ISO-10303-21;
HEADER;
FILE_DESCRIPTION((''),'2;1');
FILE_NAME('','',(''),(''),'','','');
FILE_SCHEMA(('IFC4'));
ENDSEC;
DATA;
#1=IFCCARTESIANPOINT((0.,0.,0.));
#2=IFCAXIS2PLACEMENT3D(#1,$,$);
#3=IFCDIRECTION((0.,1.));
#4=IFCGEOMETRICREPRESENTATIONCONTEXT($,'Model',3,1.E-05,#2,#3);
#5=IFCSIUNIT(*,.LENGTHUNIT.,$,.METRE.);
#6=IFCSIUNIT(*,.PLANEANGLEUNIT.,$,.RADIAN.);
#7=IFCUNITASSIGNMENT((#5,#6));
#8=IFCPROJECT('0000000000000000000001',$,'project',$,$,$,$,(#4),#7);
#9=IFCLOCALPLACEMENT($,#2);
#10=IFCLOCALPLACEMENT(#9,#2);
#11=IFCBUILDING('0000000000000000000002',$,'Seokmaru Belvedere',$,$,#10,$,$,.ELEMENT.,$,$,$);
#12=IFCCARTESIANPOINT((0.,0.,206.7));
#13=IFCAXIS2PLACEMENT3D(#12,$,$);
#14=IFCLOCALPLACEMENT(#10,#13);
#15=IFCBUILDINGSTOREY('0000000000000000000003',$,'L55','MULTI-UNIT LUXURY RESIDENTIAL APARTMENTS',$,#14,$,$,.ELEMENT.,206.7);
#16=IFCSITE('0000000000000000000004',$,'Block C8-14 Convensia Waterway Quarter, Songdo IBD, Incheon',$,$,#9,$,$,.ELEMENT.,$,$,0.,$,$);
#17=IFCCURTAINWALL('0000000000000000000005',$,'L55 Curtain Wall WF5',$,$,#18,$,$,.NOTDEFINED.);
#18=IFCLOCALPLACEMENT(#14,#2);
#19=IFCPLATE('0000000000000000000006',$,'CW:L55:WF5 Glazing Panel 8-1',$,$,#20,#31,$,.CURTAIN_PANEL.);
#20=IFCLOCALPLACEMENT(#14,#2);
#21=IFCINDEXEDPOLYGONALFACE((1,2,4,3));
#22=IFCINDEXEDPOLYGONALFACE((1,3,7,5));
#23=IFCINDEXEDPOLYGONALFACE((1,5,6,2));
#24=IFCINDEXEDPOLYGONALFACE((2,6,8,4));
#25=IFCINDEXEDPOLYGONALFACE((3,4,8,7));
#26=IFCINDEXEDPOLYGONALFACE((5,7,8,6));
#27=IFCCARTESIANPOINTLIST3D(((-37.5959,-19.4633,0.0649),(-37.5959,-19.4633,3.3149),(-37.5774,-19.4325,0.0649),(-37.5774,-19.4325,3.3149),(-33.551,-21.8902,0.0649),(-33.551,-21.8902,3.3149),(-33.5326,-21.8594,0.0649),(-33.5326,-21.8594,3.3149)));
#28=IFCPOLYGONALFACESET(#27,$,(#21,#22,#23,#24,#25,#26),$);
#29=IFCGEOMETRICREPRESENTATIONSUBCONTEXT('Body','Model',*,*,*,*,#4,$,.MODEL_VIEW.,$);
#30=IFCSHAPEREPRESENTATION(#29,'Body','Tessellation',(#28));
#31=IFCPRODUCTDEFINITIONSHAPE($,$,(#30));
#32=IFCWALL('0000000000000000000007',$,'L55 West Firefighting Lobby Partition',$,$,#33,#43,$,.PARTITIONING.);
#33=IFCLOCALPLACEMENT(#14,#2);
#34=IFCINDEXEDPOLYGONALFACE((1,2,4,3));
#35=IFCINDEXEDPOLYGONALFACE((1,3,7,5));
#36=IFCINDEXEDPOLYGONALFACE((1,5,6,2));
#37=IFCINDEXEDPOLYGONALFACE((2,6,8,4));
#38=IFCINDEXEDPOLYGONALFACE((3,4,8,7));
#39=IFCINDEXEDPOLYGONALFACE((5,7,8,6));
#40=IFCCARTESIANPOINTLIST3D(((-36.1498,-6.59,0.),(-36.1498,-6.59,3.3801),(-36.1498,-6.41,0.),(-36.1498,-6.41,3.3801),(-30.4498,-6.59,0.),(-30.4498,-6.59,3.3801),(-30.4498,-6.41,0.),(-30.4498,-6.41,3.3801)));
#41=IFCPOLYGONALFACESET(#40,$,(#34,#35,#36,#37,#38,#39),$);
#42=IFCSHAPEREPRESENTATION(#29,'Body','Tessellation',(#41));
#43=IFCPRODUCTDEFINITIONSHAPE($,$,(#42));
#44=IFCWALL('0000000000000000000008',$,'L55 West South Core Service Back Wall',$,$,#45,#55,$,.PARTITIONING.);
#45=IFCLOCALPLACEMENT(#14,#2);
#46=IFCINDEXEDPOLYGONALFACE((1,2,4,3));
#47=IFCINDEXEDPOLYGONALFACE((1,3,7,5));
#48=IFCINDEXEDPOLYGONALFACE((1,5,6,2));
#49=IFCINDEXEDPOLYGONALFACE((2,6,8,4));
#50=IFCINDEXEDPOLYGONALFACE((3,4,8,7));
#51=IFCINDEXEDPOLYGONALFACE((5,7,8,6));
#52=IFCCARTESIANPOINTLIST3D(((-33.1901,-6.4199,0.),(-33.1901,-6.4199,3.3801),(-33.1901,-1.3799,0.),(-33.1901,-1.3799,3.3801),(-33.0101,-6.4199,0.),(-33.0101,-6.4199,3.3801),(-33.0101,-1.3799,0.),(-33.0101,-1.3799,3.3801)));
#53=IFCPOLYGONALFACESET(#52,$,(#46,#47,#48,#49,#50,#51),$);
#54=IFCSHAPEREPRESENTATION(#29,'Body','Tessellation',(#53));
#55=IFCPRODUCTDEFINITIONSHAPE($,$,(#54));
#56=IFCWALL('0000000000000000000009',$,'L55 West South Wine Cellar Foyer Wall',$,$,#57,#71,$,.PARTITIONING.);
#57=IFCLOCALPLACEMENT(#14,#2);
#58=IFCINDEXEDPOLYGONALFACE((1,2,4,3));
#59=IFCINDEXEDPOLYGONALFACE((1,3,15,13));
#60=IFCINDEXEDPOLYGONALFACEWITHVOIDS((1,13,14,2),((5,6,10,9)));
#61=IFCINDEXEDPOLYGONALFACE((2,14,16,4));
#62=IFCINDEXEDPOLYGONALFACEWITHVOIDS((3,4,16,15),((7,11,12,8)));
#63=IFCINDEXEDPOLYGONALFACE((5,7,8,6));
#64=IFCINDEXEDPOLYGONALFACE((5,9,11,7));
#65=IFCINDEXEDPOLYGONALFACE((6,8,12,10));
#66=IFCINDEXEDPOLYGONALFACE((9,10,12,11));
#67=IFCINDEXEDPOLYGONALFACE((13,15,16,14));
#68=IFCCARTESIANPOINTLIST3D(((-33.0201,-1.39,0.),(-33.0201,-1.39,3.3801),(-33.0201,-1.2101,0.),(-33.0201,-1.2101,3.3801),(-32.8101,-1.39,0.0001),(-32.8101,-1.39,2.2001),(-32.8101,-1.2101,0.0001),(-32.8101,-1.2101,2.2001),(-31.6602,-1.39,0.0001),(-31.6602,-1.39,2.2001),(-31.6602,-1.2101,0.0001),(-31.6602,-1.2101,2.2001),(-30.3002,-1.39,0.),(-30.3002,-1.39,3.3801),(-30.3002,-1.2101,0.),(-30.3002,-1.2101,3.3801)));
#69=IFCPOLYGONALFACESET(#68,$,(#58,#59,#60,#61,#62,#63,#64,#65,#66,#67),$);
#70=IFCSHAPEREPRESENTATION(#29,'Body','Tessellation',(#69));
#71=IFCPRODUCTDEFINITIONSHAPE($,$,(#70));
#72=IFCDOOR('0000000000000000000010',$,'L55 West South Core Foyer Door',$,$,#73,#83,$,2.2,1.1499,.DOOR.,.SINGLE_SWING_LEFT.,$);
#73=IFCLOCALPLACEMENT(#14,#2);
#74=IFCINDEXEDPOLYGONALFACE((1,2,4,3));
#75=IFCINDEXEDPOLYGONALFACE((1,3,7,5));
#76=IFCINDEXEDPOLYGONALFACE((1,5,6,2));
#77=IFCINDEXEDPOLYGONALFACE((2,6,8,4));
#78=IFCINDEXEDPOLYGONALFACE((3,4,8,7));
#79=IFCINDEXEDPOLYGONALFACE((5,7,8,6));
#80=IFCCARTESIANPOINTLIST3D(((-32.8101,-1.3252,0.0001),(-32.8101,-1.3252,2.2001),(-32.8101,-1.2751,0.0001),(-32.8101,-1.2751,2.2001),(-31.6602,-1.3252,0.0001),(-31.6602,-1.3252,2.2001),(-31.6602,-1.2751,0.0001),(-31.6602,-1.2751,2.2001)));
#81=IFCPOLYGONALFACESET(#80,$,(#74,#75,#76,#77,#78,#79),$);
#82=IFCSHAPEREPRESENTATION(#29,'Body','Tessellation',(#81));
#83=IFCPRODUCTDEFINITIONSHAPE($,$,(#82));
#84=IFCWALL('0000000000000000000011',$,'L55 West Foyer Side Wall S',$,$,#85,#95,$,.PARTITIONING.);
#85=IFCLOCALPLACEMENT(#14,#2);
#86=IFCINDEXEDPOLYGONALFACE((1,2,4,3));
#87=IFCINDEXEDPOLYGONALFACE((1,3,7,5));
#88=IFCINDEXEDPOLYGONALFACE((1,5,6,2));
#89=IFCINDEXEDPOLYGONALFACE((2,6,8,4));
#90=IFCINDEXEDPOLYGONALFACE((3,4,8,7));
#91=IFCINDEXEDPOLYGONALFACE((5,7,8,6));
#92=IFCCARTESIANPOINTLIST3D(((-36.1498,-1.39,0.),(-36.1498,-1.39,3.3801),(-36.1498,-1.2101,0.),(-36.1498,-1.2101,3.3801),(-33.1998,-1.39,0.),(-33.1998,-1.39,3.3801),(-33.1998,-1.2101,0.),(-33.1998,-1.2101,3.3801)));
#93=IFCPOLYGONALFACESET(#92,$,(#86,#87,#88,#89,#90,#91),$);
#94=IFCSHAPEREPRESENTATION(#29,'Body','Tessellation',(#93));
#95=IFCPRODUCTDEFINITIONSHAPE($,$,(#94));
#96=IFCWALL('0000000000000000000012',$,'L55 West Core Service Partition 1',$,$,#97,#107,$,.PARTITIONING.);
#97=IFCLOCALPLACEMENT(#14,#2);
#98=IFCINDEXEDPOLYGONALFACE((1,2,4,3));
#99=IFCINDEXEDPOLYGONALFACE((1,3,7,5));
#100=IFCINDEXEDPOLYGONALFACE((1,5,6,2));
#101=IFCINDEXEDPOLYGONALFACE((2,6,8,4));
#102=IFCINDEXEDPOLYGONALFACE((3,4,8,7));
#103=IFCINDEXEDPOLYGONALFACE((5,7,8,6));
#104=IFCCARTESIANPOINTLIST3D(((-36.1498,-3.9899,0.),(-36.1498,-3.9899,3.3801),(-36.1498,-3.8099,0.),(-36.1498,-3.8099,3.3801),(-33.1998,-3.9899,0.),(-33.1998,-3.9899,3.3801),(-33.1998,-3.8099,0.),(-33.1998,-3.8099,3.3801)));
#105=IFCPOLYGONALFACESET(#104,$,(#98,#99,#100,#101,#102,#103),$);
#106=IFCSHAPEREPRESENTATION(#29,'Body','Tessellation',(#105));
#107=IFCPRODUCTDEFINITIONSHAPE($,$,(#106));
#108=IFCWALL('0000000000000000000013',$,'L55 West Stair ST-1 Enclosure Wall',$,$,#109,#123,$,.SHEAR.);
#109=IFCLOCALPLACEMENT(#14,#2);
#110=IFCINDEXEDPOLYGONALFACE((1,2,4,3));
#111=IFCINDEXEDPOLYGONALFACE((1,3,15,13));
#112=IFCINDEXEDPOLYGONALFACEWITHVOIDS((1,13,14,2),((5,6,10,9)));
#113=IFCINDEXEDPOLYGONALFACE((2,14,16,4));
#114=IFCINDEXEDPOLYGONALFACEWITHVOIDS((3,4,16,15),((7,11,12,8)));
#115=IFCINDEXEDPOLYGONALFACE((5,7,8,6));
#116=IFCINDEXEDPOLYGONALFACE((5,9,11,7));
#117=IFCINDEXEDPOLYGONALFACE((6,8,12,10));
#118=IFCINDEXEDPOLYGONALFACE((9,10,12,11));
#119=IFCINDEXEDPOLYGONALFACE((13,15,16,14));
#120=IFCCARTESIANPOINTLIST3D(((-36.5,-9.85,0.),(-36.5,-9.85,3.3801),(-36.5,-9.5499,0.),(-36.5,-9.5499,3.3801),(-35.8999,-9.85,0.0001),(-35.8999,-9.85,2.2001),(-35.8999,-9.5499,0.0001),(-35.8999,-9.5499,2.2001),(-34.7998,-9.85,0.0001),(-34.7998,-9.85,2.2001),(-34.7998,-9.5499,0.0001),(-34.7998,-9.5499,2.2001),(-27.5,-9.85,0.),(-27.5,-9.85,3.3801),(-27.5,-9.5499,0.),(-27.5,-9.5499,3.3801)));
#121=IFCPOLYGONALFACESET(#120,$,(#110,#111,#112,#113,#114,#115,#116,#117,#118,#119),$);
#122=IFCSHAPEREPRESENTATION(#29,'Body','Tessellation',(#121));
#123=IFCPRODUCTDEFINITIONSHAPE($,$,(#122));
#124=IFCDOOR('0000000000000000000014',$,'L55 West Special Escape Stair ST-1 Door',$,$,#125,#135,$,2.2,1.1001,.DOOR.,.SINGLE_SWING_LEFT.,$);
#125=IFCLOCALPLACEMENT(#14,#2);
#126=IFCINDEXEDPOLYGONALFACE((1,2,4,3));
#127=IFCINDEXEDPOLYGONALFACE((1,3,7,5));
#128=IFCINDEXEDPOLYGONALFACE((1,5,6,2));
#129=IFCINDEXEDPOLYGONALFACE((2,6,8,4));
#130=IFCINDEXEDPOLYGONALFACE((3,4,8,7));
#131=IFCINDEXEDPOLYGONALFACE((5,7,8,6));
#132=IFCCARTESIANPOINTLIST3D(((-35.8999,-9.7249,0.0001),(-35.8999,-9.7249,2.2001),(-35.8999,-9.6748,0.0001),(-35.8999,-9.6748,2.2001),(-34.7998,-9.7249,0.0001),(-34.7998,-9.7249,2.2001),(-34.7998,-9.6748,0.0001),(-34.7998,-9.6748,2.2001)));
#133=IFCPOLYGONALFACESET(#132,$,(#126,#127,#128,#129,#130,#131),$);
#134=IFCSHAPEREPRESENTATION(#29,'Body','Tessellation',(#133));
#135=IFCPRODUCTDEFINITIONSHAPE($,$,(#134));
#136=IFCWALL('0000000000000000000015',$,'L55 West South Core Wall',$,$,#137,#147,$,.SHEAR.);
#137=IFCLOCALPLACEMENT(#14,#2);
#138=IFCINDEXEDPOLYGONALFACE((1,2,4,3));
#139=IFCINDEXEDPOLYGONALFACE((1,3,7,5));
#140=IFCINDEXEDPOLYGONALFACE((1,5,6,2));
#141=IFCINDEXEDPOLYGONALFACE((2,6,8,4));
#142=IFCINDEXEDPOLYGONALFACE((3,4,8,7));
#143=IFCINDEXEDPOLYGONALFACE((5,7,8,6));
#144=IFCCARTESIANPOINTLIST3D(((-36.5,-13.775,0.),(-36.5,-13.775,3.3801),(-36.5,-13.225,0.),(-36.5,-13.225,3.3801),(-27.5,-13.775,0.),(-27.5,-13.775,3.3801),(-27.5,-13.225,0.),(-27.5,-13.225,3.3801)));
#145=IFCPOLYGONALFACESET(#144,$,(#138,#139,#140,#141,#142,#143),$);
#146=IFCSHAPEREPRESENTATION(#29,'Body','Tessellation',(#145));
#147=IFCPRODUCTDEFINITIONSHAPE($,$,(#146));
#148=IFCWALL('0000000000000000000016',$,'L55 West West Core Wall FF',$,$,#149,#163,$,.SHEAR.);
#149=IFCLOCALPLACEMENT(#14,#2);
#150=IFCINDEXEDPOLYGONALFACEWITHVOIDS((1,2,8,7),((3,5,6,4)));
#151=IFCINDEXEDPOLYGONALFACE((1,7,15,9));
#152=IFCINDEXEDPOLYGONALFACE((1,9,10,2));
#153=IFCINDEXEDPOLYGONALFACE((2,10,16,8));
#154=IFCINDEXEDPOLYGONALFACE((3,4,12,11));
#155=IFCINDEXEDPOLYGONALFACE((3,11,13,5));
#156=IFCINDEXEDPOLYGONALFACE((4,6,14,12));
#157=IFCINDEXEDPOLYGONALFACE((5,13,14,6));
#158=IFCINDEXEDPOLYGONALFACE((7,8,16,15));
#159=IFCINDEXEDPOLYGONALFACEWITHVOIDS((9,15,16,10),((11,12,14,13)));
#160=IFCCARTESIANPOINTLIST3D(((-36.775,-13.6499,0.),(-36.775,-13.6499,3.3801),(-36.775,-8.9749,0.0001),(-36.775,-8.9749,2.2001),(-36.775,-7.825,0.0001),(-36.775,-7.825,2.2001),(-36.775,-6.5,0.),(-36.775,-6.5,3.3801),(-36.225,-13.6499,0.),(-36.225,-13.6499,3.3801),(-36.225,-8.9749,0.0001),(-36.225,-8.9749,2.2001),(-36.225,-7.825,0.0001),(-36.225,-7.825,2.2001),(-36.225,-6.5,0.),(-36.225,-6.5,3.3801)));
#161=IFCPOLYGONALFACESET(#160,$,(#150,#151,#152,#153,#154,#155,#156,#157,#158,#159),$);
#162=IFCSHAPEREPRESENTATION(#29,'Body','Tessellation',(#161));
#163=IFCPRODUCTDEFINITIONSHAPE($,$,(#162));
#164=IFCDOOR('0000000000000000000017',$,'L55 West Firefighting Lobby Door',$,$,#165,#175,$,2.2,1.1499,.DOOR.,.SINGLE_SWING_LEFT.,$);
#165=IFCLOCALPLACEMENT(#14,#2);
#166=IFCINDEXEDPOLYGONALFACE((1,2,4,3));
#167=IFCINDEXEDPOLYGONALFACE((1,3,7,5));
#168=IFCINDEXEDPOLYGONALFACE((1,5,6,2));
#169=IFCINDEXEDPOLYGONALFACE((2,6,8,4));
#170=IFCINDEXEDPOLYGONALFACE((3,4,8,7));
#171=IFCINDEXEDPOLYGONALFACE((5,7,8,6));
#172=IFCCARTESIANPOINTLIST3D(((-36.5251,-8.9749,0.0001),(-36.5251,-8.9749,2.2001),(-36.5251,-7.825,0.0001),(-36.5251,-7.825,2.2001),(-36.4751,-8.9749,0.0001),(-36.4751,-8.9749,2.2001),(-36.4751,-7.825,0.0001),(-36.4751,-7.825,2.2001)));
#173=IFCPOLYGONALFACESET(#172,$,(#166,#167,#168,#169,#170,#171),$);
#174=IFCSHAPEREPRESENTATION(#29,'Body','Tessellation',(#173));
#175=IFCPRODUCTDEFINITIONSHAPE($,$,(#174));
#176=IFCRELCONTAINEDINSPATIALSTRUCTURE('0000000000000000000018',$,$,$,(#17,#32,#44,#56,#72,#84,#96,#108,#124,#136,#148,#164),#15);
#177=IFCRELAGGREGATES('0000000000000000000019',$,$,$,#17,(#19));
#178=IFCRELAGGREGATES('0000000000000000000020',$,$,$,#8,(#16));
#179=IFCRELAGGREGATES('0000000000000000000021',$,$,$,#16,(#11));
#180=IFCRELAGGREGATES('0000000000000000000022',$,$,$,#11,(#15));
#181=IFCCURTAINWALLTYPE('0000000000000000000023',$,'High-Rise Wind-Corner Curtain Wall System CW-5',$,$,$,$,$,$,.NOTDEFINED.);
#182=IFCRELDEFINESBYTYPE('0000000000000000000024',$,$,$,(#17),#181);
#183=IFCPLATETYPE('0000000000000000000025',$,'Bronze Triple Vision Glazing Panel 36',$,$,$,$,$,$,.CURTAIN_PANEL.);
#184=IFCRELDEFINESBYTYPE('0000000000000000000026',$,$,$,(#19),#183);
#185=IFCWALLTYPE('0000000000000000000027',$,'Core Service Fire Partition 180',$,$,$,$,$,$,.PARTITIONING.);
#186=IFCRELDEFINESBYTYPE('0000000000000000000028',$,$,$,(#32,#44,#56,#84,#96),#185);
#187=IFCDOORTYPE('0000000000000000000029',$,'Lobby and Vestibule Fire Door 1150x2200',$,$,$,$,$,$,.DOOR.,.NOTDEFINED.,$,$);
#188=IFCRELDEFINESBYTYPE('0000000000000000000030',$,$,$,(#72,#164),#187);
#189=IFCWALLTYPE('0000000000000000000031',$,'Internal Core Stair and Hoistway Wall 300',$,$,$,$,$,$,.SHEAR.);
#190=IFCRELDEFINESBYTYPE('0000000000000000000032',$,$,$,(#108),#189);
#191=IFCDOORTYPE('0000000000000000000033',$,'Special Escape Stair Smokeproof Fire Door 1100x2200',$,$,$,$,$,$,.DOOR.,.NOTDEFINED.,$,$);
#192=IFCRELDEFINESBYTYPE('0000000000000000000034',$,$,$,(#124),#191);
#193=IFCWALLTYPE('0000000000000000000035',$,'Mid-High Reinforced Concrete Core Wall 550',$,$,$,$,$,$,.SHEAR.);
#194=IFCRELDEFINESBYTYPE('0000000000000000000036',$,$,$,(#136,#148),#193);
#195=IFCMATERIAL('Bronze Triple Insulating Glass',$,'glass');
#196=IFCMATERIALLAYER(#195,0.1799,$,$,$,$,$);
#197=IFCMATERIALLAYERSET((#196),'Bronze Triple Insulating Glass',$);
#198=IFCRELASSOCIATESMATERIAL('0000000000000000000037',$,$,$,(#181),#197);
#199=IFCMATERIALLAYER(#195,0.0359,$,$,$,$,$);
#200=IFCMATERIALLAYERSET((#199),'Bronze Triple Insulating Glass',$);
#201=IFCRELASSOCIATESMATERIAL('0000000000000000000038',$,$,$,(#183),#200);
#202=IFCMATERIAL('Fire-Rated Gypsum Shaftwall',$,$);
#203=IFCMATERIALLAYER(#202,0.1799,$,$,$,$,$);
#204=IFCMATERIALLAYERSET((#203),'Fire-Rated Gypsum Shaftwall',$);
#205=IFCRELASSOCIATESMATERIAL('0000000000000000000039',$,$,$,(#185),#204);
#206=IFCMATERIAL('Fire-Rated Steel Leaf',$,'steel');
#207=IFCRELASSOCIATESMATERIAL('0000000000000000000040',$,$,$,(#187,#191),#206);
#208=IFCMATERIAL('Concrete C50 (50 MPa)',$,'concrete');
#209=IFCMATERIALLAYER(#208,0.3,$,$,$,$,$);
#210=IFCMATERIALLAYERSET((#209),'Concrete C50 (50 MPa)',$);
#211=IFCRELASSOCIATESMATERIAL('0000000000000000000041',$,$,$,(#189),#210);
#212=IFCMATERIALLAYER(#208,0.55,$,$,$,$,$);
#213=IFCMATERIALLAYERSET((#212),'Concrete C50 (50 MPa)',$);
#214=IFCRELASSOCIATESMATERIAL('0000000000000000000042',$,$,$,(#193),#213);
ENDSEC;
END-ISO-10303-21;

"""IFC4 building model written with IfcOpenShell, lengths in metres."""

from ifc_helpers import new_model, si_unit, direction, frame, frame_2d, origin, origin_2d, place, context, subcontext, project, spatial, rectangle, extrude, source, transform, mapped, material, layer, layer_set, type_object, type_shapes, element, fill, aggregate, save


model = new_model("IFC4")

# Units and contexts
model_context = context("Model", 3, precision=1e-05, world=origin(), true_north=direction((0.0, 1.0)))
body_context = subcontext(model_context, "Body", "Model", "MODEL_VIEW")
ifc_project = project(units=[si_unit("LENGTHUNIT", "METRE"), si_unit("PLANEANGLEUNIT", "RADIAN")], contexts=[model_context])

# Site, building, storey
site_placement = place(None, origin())
site = spatial("IfcSite", under=ifc_project, at=site_placement, Name="Block C8-14 Convensia Waterway Quarter, Songdo IBD, Incheon", CompositionType="ELEMENT", RefElevation=0.0)
building_placement = place(site_placement, origin())
building = spatial("IfcBuilding", under=site, at=building_placement, Name="Seokmaru Belvedere", CompositionType="ELEMENT")
storey_placement = place(building_placement, frame((0.0, 0.0, 206.7)))
storey = spatial("IfcBuildingStorey", under=building, at=storey_placement, Name="L55", Description="MULTI-UNIT LUXURY RESIDENTIAL APARTMENTS", CompositionType="ELEMENT", Elevation=206.7)

# Curtain wall, plate
ifc_material_1 = material(Name="Bronze Triple Insulating Glass", Category="glass")
ifc_layer_1 = layer(ifc_material_1, 0.1799)
ifc_layer_set_1 = layer_set([ifc_layer_1], Name="Bronze Triple Insulating Glass")
curtain_wall_type = type_object("IfcCurtainWallType", Name="High-Rise Wind-Corner Curtain Wall System CW-5", PredefinedType="NOTDEFINED", material=ifc_layer_set_1)
curtain_wall_placement = place(storey_placement, origin())
curtain_wall = element("IfcCurtainWall", 1, at=curtain_wall_placement, inside=storey, type_object=curtain_wall_type, Name="L55 Curtain Wall WF5", PredefinedType="NOTDEFINED")
ifc_layer_2 = layer(ifc_material_1, 0.0359)
ifc_layer_set_2 = layer_set([ifc_layer_2], Name="Bronze Triple Insulating Glass")
plate_type = type_object("IfcPlateType", Name="Bronze Triple Vision Glazing Panel 36", PredefinedType="CURTAIN_PANEL", material=ifc_layer_set_2)
shared_shape_1 = source(origin(), body_context, "Body", "SweptSolid", [
    extrude(rectangle(XDim=4.717, YDim=0.0359, at=origin_2d()), origin(), (0.0, 0.0, 1.0), 3.25),
])
type_shapes(plate_type, [shared_shape_1])
plate_placement = place(storey_placement, frame((-35.5642, -20.6614, 0.0649), z_axis=(0.0, 0.0, 1.0), x_axis=(0.857493, -0.514495, 0.0)))
plate = element("IfcPlate", 2, at=plate_placement, type_object=plate_type, Name="CW:L55:WF5 Glazing Panel 8-1", PredefinedType="CURTAIN_PANEL", context=body_context, shape_type="MappedRepresentation", body=[
    mapped(shared_shape_1, transform((0.0, 0.0, 0.0), scale=1.0)),
])
aggregate(curtain_wall, [plate])

# Walls
ifc_material_2 = material(Name="Fire-Rated Gypsum Shaftwall")
ifc_layer_3 = layer(ifc_material_2, 0.1799)
ifc_layer_set_3 = layer_set([ifc_layer_3], Name="Fire-Rated Gypsum Shaftwall")
wall_type_1 = type_object("IfcWallType", Name="Core Service Fire Partition 180", PredefinedType="PARTITIONING", material=ifc_layer_set_3)
wall_1_placement = place(storey_placement, frame((-36.1499, -6.5, 0.0), z_axis=(0.0, 0.0, 1.0), x_axis=(1.0, 0.0, 0.0)))
element("IfcWall", 3, at=wall_1_placement, inside=storey, type_object=wall_type_1, Name="L55 West Firefighting Lobby Partition", PredefinedType="PARTITIONING", context=body_context, shape_type="SweptSolid", body=[
    extrude(rectangle(XDim=5.7, YDim=0.1799, at=frame_2d((2.8501, 0.0))), origin(), (0.0, 0.0, 1.0), 3.3801),
])
wall_2_placement = place(storey_placement, frame((-33.1001, -6.4199, 0.0), z_axis=(0.0, 0.0, 1.0), x_axis=(0.0, 1.0, 0.0)))
element("IfcWall", 4, at=wall_2_placement, inside=storey, type_object=wall_type_1, Name="L55 West South Core Service Back Wall", PredefinedType="PARTITIONING", context=body_context, shape_type="SweptSolid", body=[
    extrude(rectangle(XDim=5.04, YDim=0.1799, at=frame_2d((2.52, 0.0))), origin(), (0.0, 0.0, 1.0), 3.3801),
])

# Wall, opening, door
wall_3_placement = place(storey_placement, frame((-33.02, -1.3, 0.0), z_axis=(0.0, 0.0, 1.0), x_axis=(1.0, 0.0, 0.0)))
wall_3 = element("IfcWall", 5, at=wall_3_placement, inside=storey, type_object=wall_type_1, Name="L55 West South Wine Cellar Foyer Wall", PredefinedType="PARTITIONING", context=body_context, shape_type="SweptSolid", body=[
    extrude(rectangle(XDim=2.72, YDim=0.1799, at=frame_2d((1.3599, 0.0))), origin(), (0.0, 0.0, 1.0), 3.3801),
])
opening_1_placement = place(wall_3_placement, frame((0.21, 0.0, 0.0)))
opening_1 = element("IfcOpeningElement", 6, at=opening_1_placement, cuts=wall_3, PredefinedType="OPENING", context=body_context, shape_type="SweptSolid", body=[
    extrude(rectangle(XDim=1.1499, YDim=2.2, at=frame_2d((0.575, 1.1001))), frame((0.0, 0.1001, 0.0), z_axis=(0.0, -1.0, 0.0), x_axis=(1.0, 0.0, 0.0)), (0.0, 0.0, 1.0), 0.2),
])
ifc_material_3 = material(Name="Fire-Rated Steel Leaf", Category="steel")
door_type_1 = type_object("IfcDoorType", Name="Lobby and Vestibule Fire Door 1150x2200", OperationType="NOTDEFINED", PredefinedType="DOOR", material=ifc_material_3)
shared_shape_2 = source(origin(), body_context, "Body", "SweptSolid", [
    extrude(rectangle(XDim=1.1499, YDim=2.2, at=frame_2d((0.575, 1.1001))), frame((0.0, 0.0249, 0.0), z_axis=(0.0, -1.0, 0.0), x_axis=(1.0, 0.0, 0.0)), (0.0, 0.0, 1.0), 0.05),
])
type_shapes(door_type_1, [shared_shape_2])
door_1_placement = place(opening_1_placement, origin())
door_1 = element("IfcDoor", 7, at=door_1_placement, inside=storey, type_object=door_type_1, Name="L55 West South Core Foyer Door", OperationType="SINGLE_SWING_LEFT", OverallHeight=2.2, OverallWidth=1.1499, PredefinedType="DOOR", context=body_context, shape_type="MappedRepresentation", body=[
    mapped(shared_shape_2, transform((0.0, 0.0, 0.0), scale=1.0)),
])
fill(opening_1, door_1)

# Walls
for number, where, z_axis, x_axis, name in (
    (8, (-36.1499, -1.3, 0.0), (0.0, 0.0, 1.0), (1.0, 0.0, 0.0), "L55 West Foyer Side Wall S"),
    (9, (-36.1499, -3.8999, 0.0), (0.0, 0.0, 1.0), (1.0, 0.0, 0.0), "L55 West Core Service Partition 1"),
):
    element("IfcWall", number, at=place(storey_placement, frame(where, z_axis=z_axis, x_axis=x_axis)), inside=storey, type_object=wall_type_1, Name=name, PredefinedType="PARTITIONING", context=body_context, shape_type="SweptSolid", body=[
        extrude(rectangle(XDim=2.95, YDim=0.1799, at=frame_2d((1.4751, 0.0))), origin(), (0.0, 0.0, 1.0), 3.3801),
    ])

# Wall, opening, door
ifc_material_4 = material(Name="Concrete C50 (50 MPa)", Category="concrete")
ifc_layer_4 = layer(ifc_material_4, 0.3)
ifc_layer_set_4 = layer_set([ifc_layer_4], Name="Concrete C50 (50 MPa)")
wall_type_2 = type_object("IfcWallType", Name="Internal Core Stair and Hoistway Wall 300", PredefinedType="SHEAR", material=ifc_layer_set_4)
wall_4_placement = place(storey_placement, frame((-36.5, -9.7, 0.0), z_axis=(0.0, 0.0, 1.0), x_axis=(1.0, 0.0, 0.0)))
wall_4 = element("IfcWall", 10, at=wall_4_placement, inside=storey, type_object=wall_type_2, Name="L55 West Stair ST-1 Enclosure Wall", PredefinedType="SHEAR", context=body_context, shape_type="SweptSolid", body=[
    extrude(rectangle(XDim=9.0, YDim=0.3, at=frame_2d((4.5, 0.0))), origin(), (0.0, 0.0, 1.0), 3.3801),
])
opening_2_placement = place(wall_4_placement, frame((0.6001, 0.0, 0.0)))
opening_2 = element("IfcOpeningElement", 11, at=opening_2_placement, cuts=wall_4, PredefinedType="OPENING", context=body_context, shape_type="SweptSolid", body=[
    extrude(rectangle(XDim=1.1001, YDim=2.2, at=frame_2d((0.55, 1.1001))), frame((0.0, 0.1602, 0.0), z_axis=(0.0, -1.0, 0.0), x_axis=(1.0, 0.0, 0.0)), (0.0, 0.0, 1.0), 0.3201),
])
door_type_2 = type_object("IfcDoorType", Name="Special Escape Stair Smokeproof Fire Door 1100x2200", OperationType="NOTDEFINED", PredefinedType="DOOR", material=ifc_material_3)
shared_shape_3 = source(origin(), body_context, "Body", "SweptSolid", [
    extrude(rectangle(XDim=1.1001, YDim=2.2, at=frame_2d((0.55, 1.1001))), frame((0.0, 0.0249, 0.0), z_axis=(0.0, -1.0, 0.0), x_axis=(1.0, 0.0, 0.0)), (0.0, 0.0, 1.0), 0.05),
])
type_shapes(door_type_2, [shared_shape_3])
door_2_placement = place(opening_2_placement, frame((1.1001, 0.0, 0.0), z_axis=(0.0, 0.0, 1.0), x_axis=(-1.0, 0.0, 0.0)))
door_2 = element("IfcDoor", 12, at=door_2_placement, inside=storey, type_object=door_type_2, Name="L55 West Special Escape Stair ST-1 Door", OperationType="SINGLE_SWING_LEFT", OverallHeight=2.2, OverallWidth=1.1001, PredefinedType="DOOR", context=body_context, shape_type="MappedRepresentation", body=[
    mapped(shared_shape_3, transform((0.0, 0.0, 0.0), scale=1.0)),
])
fill(opening_2, door_2)

# Wall
ifc_layer_5 = layer(ifc_material_4, 0.55)
ifc_layer_set_5 = layer_set([ifc_layer_5], Name="Concrete C50 (50 MPa)")
wall_type_3 = type_object("IfcWallType", Name="Mid-High Reinforced Concrete Core Wall 550", PredefinedType="SHEAR", material=ifc_layer_set_5)
wall_5_placement = place(storey_placement, frame((-36.5, -13.5, 0.0), z_axis=(0.0, 0.0, 1.0), x_axis=(1.0, 0.0, 0.0)))
element("IfcWall", 13, at=wall_5_placement, inside=storey, type_object=wall_type_3, Name="L55 West South Core Wall", PredefinedType="SHEAR", context=body_context, shape_type="SweptSolid", body=[
    extrude(rectangle(XDim=9.0, YDim=0.55, at=frame_2d((4.5, 0.0))), origin(), (0.0, 0.0, 1.0), 3.3801),
])

# Wall, opening, door
wall_6_placement = place(storey_placement, frame((-36.5, -13.6499, 0.0), z_axis=(0.0, 0.0, 1.0), x_axis=(0.0, 1.0, 0.0)))
wall_6 = element("IfcWall", 14, at=wall_6_placement, inside=storey, type_object=wall_type_3, Name="L55 West West Core Wall FF", PredefinedType="SHEAR", context=body_context, shape_type="SweptSolid", body=[
    extrude(rectangle(XDim=7.1499, YDim=0.55, at=frame_2d((3.575, 0.0))), origin(), (0.0, 0.0, 1.0), 3.3801),
])
opening_3_placement = place(wall_6_placement, frame((4.675, 0.0, 0.0)))
opening_3 = element("IfcOpeningElement", 15, at=opening_3_placement, cuts=wall_6, PredefinedType="OPENING", context=body_context, shape_type="SweptSolid", body=[
    extrude(rectangle(XDim=1.1499, YDim=2.2, at=frame_2d((0.575, 1.1001))), frame((0.0, 0.2852, 0.0), z_axis=(0.0, -1.0, 0.0), x_axis=(1.0, 0.0, 0.0)), (0.0, 0.0, 1.0), 0.5701),
])
door_3_placement = place(opening_3_placement, frame((1.1499, 0.0, 0.0), z_axis=(0.0, 0.0, 1.0), x_axis=(-1.0, 0.0, 0.0)))
door_3 = element("IfcDoor", 16, at=door_3_placement, inside=storey, type_object=door_type_1, Name="L55 West Firefighting Lobby Door", OperationType="SINGLE_SWING_LEFT", OverallHeight=2.2, OverallWidth=1.1499, PredefinedType="DOOR", context=body_context, shape_type="MappedRepresentation", body=[
    mapped(shared_shape_2, transform((0.0, 0.0, 0.0), scale=1.0)),
])
fill(opening_3, door_3)

save(model, "model.ifc")
